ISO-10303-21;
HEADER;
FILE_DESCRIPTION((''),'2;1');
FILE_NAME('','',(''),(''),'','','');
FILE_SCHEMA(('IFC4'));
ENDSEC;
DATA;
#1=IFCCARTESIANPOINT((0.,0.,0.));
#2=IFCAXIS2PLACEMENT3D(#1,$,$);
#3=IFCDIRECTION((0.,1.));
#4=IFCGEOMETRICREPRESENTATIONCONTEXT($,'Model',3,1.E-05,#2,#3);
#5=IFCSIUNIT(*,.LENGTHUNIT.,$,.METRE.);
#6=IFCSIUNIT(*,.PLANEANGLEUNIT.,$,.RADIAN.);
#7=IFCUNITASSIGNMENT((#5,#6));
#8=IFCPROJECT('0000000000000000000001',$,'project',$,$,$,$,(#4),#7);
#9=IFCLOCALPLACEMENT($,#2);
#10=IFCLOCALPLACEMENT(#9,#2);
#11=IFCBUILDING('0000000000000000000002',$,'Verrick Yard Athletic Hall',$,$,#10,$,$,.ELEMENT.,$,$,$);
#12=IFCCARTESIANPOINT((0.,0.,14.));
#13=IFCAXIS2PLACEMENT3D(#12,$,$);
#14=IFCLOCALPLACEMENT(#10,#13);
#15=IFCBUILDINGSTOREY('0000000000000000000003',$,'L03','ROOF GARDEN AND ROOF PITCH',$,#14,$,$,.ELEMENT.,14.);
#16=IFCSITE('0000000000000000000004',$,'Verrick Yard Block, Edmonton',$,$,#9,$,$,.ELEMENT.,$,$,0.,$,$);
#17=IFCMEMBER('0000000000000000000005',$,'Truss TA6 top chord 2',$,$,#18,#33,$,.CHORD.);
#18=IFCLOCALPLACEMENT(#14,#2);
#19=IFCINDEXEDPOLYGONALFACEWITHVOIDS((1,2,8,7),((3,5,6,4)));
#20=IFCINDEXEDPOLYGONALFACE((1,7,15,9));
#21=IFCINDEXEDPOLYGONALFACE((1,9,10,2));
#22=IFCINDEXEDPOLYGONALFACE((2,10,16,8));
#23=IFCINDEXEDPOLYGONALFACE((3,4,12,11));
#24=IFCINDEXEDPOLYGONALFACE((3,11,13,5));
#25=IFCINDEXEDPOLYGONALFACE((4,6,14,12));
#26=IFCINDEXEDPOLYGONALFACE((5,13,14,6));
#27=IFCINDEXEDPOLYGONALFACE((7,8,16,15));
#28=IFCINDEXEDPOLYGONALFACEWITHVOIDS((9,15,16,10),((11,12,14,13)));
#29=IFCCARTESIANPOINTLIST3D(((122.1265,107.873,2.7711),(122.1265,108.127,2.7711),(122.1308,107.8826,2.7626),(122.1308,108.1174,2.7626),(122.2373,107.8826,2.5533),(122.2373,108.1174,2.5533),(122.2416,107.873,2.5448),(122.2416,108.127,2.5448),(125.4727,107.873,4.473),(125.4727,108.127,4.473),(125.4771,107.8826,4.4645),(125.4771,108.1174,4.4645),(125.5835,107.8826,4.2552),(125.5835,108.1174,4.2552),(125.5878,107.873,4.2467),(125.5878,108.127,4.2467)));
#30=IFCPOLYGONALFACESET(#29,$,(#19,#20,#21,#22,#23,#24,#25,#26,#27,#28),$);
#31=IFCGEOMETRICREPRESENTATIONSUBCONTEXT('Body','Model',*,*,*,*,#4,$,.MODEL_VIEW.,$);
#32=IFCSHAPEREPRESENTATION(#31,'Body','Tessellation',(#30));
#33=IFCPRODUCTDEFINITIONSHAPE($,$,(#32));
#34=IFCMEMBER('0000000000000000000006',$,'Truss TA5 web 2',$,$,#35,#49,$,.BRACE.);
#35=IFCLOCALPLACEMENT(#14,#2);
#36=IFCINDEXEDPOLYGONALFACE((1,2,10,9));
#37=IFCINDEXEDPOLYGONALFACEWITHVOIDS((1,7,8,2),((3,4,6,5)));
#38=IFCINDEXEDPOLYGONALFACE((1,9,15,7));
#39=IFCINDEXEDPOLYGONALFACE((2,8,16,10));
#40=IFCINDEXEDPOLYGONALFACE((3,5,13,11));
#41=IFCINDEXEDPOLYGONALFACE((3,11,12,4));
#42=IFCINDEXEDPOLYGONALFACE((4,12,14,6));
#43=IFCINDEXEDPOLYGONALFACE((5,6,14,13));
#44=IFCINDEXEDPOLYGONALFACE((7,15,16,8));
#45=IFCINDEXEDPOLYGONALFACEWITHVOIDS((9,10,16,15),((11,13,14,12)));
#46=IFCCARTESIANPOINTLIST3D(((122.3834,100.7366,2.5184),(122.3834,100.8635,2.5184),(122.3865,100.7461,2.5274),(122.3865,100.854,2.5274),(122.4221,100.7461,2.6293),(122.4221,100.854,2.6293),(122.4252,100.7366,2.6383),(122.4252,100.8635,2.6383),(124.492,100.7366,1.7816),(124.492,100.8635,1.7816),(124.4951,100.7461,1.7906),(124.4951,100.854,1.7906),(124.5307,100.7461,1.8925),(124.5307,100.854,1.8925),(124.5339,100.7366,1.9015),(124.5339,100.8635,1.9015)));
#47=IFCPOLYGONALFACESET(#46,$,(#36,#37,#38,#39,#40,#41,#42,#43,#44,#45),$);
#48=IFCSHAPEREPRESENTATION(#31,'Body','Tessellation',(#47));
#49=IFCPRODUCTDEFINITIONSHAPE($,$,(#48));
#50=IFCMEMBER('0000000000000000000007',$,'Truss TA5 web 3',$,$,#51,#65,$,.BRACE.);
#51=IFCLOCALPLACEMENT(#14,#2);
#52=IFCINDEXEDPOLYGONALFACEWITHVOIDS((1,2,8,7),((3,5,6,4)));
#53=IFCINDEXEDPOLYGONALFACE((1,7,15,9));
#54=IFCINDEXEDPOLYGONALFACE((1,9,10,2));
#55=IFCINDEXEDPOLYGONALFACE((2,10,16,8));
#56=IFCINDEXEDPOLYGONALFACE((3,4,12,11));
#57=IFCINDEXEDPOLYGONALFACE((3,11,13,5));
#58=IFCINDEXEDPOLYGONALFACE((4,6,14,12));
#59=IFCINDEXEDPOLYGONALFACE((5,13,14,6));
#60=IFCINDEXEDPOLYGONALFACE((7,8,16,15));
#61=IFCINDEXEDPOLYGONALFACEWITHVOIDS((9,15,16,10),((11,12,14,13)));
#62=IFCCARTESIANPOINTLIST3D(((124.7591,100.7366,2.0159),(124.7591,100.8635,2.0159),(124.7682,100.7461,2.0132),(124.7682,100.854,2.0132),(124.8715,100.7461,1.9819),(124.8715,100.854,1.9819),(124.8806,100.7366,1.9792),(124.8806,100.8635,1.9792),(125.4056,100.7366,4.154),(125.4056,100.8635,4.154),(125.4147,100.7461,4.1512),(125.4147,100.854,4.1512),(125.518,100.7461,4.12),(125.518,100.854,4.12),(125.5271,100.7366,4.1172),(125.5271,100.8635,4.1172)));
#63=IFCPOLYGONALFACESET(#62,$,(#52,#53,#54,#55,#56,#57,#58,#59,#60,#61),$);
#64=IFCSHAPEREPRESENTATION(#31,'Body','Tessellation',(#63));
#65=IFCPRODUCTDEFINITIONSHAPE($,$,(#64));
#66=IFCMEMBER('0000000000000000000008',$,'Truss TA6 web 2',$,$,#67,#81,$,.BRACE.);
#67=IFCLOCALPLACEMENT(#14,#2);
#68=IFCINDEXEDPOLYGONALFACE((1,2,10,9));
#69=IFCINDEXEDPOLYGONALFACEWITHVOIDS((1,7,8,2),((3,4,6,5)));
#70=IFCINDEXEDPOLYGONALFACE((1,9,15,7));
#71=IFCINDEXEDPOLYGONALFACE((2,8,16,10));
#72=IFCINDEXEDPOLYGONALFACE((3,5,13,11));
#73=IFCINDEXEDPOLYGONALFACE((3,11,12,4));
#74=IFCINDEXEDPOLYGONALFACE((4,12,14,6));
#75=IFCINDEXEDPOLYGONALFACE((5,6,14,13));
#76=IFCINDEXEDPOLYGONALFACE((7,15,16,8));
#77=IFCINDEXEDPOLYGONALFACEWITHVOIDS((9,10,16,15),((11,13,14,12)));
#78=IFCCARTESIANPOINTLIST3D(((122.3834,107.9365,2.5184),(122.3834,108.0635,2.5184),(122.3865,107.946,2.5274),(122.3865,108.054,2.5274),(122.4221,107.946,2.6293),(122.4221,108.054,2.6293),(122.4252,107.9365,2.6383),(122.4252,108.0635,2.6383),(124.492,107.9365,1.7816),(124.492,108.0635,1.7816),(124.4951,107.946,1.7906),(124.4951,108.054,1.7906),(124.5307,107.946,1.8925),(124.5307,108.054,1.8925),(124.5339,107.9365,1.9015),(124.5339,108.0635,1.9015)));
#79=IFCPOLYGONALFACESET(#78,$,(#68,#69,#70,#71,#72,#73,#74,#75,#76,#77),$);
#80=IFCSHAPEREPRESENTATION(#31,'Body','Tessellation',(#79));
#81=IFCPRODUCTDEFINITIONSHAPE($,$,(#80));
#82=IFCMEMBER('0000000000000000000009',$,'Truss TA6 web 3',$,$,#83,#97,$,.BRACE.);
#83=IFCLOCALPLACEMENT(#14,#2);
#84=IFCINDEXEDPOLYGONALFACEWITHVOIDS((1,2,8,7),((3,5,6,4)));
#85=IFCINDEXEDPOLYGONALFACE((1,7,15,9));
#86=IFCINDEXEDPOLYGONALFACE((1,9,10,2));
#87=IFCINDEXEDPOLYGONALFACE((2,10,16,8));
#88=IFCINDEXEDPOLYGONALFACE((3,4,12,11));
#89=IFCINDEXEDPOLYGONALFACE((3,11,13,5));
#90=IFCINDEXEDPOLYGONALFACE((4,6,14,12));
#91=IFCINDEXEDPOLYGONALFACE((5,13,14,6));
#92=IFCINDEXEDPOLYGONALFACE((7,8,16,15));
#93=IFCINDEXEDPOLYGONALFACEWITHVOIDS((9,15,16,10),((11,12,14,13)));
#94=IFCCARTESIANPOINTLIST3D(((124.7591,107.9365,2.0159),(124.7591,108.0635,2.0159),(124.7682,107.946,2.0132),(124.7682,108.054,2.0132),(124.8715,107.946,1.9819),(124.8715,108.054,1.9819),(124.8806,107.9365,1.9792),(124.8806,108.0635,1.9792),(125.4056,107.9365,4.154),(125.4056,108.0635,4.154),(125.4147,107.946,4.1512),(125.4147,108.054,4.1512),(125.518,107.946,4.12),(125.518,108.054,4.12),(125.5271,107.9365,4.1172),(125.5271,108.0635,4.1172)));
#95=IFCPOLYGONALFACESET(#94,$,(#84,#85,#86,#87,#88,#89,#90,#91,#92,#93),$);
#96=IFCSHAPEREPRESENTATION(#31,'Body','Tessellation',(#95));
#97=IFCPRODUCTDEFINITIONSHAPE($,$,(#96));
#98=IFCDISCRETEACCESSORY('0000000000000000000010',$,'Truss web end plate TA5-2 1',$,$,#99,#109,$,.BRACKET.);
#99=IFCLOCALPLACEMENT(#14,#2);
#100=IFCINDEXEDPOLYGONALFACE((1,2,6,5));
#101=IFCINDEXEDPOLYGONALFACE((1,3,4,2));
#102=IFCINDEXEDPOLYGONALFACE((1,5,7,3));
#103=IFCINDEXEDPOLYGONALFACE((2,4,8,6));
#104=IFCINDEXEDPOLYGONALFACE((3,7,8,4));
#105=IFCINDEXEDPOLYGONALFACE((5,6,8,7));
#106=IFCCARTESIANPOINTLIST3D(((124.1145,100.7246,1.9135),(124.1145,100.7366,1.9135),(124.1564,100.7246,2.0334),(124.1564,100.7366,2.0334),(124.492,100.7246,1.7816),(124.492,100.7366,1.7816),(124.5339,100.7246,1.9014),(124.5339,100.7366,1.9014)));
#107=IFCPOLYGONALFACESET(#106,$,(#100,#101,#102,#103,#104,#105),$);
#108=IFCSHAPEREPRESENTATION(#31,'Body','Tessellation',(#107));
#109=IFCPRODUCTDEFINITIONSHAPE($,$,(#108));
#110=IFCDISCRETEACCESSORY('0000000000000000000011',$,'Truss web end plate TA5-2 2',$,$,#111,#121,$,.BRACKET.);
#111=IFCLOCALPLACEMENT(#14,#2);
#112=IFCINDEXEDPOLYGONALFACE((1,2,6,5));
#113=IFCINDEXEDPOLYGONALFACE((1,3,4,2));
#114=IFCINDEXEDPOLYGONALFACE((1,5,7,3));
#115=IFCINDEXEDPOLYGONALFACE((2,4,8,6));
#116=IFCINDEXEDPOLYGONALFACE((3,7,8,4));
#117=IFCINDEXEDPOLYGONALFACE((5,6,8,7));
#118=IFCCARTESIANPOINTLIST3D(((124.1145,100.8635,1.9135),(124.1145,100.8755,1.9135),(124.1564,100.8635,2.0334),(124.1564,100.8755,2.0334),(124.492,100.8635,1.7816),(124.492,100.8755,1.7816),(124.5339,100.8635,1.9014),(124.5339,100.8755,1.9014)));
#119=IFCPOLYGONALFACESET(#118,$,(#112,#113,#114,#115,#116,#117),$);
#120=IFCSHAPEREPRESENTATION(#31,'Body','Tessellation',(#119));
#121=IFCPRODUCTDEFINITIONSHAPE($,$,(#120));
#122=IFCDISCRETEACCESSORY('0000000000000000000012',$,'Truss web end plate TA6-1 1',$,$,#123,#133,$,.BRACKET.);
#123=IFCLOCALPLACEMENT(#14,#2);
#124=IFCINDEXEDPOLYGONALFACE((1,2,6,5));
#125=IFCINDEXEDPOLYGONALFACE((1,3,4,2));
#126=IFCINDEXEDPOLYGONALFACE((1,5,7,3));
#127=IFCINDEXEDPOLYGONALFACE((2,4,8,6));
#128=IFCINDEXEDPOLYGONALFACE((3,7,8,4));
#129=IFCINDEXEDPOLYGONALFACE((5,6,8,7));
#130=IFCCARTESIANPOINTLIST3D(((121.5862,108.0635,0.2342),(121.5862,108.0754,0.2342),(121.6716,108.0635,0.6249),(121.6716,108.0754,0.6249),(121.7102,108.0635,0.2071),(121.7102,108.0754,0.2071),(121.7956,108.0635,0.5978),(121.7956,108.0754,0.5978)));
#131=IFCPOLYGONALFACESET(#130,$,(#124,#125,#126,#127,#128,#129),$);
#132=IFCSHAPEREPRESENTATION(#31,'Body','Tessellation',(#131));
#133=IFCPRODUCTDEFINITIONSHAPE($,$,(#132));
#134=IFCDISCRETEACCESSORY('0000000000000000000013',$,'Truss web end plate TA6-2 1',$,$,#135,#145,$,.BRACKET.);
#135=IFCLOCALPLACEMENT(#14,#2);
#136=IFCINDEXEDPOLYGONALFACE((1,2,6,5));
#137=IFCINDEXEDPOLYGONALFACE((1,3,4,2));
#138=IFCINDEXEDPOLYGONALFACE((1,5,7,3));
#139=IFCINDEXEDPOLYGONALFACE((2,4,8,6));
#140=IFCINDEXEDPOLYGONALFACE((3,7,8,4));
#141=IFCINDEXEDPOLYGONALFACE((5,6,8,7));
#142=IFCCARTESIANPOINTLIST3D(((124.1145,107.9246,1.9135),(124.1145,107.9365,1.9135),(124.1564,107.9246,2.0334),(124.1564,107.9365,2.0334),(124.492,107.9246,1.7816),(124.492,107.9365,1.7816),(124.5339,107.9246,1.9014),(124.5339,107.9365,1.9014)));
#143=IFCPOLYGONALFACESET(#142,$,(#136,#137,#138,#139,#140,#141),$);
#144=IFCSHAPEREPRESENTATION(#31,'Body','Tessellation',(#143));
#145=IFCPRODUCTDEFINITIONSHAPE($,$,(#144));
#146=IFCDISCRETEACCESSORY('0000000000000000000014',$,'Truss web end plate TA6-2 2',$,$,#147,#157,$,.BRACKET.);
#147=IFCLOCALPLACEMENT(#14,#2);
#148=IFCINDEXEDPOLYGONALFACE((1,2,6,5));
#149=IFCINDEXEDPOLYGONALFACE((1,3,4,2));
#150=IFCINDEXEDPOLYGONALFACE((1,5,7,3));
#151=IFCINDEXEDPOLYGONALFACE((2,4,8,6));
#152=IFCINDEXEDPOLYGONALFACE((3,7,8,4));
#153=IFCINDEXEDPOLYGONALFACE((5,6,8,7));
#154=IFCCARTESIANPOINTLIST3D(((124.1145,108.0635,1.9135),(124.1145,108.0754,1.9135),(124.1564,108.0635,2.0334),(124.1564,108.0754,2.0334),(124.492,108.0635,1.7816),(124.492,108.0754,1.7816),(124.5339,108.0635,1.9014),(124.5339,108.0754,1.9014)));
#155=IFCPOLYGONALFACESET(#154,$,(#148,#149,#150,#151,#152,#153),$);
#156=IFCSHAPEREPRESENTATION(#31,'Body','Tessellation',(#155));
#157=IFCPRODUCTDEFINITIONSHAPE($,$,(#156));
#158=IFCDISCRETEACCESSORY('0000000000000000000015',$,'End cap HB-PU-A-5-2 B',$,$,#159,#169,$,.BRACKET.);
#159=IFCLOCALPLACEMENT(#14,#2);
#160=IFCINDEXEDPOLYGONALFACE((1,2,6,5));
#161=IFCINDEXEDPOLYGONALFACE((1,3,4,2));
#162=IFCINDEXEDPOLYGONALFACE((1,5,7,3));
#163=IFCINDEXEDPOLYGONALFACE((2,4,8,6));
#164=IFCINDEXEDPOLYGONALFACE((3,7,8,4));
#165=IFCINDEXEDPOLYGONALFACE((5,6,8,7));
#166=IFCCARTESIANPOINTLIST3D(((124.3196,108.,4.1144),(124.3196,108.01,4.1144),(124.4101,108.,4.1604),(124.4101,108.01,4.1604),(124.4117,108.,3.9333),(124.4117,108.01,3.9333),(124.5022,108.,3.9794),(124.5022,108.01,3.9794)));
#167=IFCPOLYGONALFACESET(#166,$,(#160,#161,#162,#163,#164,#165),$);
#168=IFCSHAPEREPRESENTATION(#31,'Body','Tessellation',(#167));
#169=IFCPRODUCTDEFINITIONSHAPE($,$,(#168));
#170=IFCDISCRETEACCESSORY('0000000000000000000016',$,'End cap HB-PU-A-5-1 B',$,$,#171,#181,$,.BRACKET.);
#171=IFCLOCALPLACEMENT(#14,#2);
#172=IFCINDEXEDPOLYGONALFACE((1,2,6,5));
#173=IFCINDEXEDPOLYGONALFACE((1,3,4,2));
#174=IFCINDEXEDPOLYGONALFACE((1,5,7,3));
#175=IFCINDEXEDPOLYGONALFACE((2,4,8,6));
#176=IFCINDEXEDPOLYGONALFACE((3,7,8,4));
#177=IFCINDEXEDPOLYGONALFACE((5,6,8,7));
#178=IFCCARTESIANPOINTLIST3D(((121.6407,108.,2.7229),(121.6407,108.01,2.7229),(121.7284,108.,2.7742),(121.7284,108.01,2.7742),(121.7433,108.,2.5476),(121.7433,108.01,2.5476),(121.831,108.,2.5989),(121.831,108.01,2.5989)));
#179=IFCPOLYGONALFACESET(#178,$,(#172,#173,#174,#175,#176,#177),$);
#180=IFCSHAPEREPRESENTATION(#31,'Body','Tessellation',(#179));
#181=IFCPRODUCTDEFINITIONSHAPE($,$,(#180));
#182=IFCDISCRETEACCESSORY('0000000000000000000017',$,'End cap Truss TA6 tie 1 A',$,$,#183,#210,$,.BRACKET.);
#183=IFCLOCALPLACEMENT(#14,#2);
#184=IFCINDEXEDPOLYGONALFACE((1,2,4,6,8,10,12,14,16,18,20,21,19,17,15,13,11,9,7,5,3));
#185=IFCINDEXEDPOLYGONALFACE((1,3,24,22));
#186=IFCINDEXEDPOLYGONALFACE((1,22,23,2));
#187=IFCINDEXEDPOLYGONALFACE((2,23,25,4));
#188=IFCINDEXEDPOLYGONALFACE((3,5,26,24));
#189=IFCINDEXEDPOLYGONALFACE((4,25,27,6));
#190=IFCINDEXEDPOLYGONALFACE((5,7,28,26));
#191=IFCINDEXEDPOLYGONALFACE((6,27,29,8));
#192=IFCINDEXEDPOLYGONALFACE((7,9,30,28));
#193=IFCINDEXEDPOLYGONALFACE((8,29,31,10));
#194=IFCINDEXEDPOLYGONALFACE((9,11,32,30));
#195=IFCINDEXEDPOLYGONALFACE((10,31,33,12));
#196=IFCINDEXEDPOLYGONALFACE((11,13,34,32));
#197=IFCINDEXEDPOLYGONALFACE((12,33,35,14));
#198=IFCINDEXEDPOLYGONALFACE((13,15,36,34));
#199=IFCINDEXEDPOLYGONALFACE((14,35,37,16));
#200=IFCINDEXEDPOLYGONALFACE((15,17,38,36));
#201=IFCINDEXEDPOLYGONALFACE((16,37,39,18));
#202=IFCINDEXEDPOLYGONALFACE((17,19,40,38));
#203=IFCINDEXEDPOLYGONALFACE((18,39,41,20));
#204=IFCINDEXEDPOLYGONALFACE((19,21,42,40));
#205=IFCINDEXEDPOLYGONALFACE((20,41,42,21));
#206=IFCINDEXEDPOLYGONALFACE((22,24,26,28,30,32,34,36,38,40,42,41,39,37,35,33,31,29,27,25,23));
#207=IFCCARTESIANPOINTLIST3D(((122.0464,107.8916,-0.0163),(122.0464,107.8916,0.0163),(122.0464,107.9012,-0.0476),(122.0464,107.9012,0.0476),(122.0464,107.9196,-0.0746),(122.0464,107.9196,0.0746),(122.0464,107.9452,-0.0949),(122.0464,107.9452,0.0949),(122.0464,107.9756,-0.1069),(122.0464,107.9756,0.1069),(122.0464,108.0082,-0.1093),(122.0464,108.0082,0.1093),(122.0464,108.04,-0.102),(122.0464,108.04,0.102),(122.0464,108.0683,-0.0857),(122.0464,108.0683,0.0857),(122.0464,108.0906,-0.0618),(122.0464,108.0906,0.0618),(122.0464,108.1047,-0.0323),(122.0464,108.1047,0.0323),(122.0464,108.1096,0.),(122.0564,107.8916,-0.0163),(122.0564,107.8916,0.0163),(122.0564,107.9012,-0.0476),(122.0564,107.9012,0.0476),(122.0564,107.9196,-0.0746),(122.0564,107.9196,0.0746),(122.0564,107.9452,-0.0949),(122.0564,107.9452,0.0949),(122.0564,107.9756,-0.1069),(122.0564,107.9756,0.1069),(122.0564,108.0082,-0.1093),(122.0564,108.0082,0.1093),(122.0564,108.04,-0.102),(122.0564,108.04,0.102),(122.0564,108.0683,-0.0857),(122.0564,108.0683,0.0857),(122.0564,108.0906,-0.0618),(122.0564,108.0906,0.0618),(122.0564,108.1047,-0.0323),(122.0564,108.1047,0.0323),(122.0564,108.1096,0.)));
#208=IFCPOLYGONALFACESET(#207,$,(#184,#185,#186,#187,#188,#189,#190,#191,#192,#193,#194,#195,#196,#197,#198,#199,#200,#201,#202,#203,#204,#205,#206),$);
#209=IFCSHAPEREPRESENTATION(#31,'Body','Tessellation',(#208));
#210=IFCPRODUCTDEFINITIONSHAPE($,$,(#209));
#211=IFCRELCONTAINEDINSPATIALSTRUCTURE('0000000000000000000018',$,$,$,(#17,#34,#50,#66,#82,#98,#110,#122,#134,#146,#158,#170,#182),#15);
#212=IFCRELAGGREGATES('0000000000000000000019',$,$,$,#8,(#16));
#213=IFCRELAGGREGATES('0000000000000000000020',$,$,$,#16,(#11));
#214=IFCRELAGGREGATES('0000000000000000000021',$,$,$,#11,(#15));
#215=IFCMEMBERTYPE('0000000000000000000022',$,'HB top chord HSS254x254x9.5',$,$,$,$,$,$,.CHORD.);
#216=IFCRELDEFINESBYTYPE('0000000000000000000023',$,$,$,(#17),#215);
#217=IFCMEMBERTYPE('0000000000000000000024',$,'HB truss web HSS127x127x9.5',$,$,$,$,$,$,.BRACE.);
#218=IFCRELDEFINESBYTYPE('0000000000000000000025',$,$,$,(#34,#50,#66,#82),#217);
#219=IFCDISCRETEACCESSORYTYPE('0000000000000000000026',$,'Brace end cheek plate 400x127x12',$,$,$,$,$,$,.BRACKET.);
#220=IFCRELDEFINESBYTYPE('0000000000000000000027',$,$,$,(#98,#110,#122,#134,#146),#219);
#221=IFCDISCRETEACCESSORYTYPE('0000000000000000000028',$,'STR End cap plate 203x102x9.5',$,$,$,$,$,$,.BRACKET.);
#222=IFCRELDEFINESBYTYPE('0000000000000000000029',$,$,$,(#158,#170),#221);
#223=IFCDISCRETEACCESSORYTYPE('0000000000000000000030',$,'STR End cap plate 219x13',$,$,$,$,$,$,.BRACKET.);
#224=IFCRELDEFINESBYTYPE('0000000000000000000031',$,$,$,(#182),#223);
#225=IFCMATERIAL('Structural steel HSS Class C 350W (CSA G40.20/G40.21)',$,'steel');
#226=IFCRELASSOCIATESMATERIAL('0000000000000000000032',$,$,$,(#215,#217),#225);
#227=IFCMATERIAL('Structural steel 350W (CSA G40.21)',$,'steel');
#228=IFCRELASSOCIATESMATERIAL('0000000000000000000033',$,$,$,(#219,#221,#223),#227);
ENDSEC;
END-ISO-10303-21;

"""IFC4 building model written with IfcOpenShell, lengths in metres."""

from ifc_helpers import new_model, si_unit, direction, frame, origin, origin_2d, place, context, subcontext, project, spatial, rectangle, hollow_rectangle, circle, extrude, material, material_profile, profile_set, type_object, element, save


model = new_model("IFC4")

# Units and contexts
model_context = context("Model", 3, precision=1e-05, world=origin(), true_north=direction((0.0, 1.0)))
body_context = subcontext(model_context, "Body", "Model", "MODEL_VIEW")
ifc_project = project(units=[si_unit("LENGTHUNIT", "METRE"), si_unit("PLANEANGLEUNIT", "RADIAN")], contexts=[model_context])

# Site, building, storey
site_placement = place(None, origin())
site = spatial("IfcSite", under=ifc_project, at=site_placement, Name="Verrick Yard Block, Edmonton", CompositionType="ELEMENT", RefElevation=0.0)
building_placement = place(site_placement, origin())
building = spatial("IfcBuilding", under=site, at=building_placement, Name="Verrick Yard Athletic Hall", CompositionType="ELEMENT")
storey_placement = place(building_placement, frame((0.0, 0.0, 14.0)))
storey = spatial("IfcBuildingStorey", under=building, at=storey_placement, Name="L03", Description="ROOF GARDEN AND ROOF PITCH", CompositionType="ELEMENT", Elevation=14.0)

# Members
ifc_material_1 = material(Name="Structural steel HSS Class C 350W (CSA G40.20/G40.21)", Category="steel")
ifc_material_profile_1 = material_profile(ifc_material_1, hollow_rectangle(XDim=0.2539, YDim=0.2539, WallThickness=0.0095, at=origin_2d()), Name="HSS254x254x9.5")
ifc_profile_set_1 = profile_set([ifc_material_profile_1], Name="Structural steel HSS Class C 350W (CSA G40.20/G40.21)")
member_type_1 = type_object("IfcMemberType", Name="HB top chord HSS254x254x9.5", PredefinedType="CHORD", material=ifc_profile_set_1)
for number, where, z_axis, x_axis, name in (
    (1, (122.1841, 108.0, 2.658), (0.891337, 0.0, 0.453342), (0.0, 1.0, 0.0), "Truss TA6 top chord 2"),
):
    element("IfcMember", number, at=place(storey_placement, frame(where, z_axis=z_axis, x_axis=x_axis)), inside=storey, type_object=member_type_1, Name=name, PredefinedType="CHORD", context=body_context, shape_type="SweptSolid", body=[
        extrude(hollow_rectangle(XDim=0.2539, YDim=0.2539, WallThickness=0.0095, at=origin_2d()), origin(), (0.0, 0.0, 1.0), 3.7542),
    ])
ifc_material_profile_2 = material_profile(ifc_material_1, hollow_rectangle(XDim=0.127, YDim=0.127, WallThickness=0.0095, at=origin_2d()), Name="HSS127x127x9.5")
ifc_profile_set_2 = profile_set([ifc_material_profile_2], Name="Structural steel HSS Class C 350W (CSA G40.20/G40.21)")
member_type_2 = type_object("IfcMemberType", Name="HB truss web HSS127x127x9.5", PredefinedType="BRACE", material=ifc_profile_set_2)
for number, where, z_axis, x_axis, name in (
    (2, (122.4043, 100.8, 2.5784), (0.944027, 0.0, -0.329868), (0.0, 1.0, 0.0), "Truss TA5 web 2"),
    (3, (124.8198, 100.8, 1.9976), (0.289443, 0.0, 0.957195), (0.0, 1.0, 0.0), "Truss TA5 web 3"),
    (4, (122.4043, 108.0, 2.5784), (0.944027, 0.0, -0.329868), (0.0, 1.0, 0.0), "Truss TA6 web 2"),
    (5, (124.8198, 108.0, 1.9976), (0.289443, 0.0, 0.957195), (0.0, 1.0, 0.0), "Truss TA6 web 3"),
):
    element("IfcMember", number, at=place(storey_placement, frame(where, z_axis=z_axis, x_axis=x_axis)), inside=storey, type_object=member_type_2, Name=name, PredefinedType="BRACE", context=body_context, shape_type="SweptSolid", body=[
        extrude(hollow_rectangle(XDim=0.127, YDim=0.127, WallThickness=0.0095, at=origin_2d()), origin(), (0.0, 0.0, 1.0), 2.2336),
    ])

# Discrete accessories
ifc_material_2 = material(Name="Structural steel 350W (CSA G40.21)", Category="steel")
ifc_material_profile_3 = material_profile(ifc_material_2, rectangle(XDim=0.3999, YDim=0.127, at=origin_2d()), Name="Brace end cheek plate")
ifc_profile_set_3 = profile_set([ifc_material_profile_3], Name="Structural steel 350W (CSA G40.21)")
discrete_accessory_type_1 = type_object("IfcDiscreteAccessoryType", Name="Brace end cheek plate 400x127x12", PredefinedType="BRACKET", material=ifc_profile_set_3)
for number, where, z_axis, x_axis, name in (
    (6, (124.3242, 100.7366, 1.9075), (0.0, -1.0, 0.0), (-0.944026, 0.0, 0.329872), "Truss web end plate TA5-2 1"),
    (7, (124.3242, 100.8635, 1.9075), (0.0, 1.0, 0.0), (-0.944026, 0.0, 0.329872), "Truss web end plate TA5-2 2"),
    (8, (121.6909, 108.0635, 0.416), (0.0, 1.0, 0.0), (0.213605, 0.0, 0.97692), "Truss web end plate TA6-1 1"),
    (9, (124.3242, 107.9365, 1.9075), (0.0, -1.0, 0.0), (-0.944026, 0.0, 0.329872), "Truss web end plate TA6-2 1"),
    (10, (124.3242, 108.0635, 1.9075), (0.0, 1.0, 0.0), (-0.944026, 0.0, 0.329872), "Truss web end plate TA6-2 2"),
):
    element("IfcDiscreteAccessory", number, at=place(storey_placement, frame(where, z_axis=z_axis, x_axis=x_axis)), inside=storey, type_object=discrete_accessory_type_1, Name=name, PredefinedType="BRACKET", context=body_context, shape_type="SweptSolid", body=[
        extrude(rectangle(XDim=0.3999, YDim=0.127, at=origin_2d()), origin(), (0.0, 0.0, 1.0), 0.012),
    ])
ifc_material_profile_4 = material_profile(ifc_material_2, rectangle(XDim=0.1016, YDim=0.2031, at=origin_2d()), Name="STR End cap plate 203x102x9.5")
ifc_profile_set_4 = profile_set([ifc_material_profile_4], Name="Structural steel 350W (CSA G40.21)")
discrete_accessory_type_2 = type_object("IfcDiscreteAccessoryType", Name="STR End cap plate 203x102x9.5", PredefinedType="BRACKET", material=ifc_profile_set_4)
for number, where, z_axis, x_axis, name in (
    (11, (124.4109, 108.0, 4.0469), (0.0, 1.0, 0.0), (-0.891353, 0.0, -0.45331), "End cap HB-PU-A-5-2 B"),
    (12, (121.7358, 108.0, 2.6609), (0.0, 1.0, 0.0), (-0.863168, 0.0, -0.504917), "End cap HB-PU-A-5-1 B"),
):
    element("IfcDiscreteAccessory", number, at=place(storey_placement, frame(where, z_axis=z_axis, x_axis=x_axis)), inside=storey, type_object=discrete_accessory_type_2, Name=name, PredefinedType="BRACKET", context=body_context, shape_type="SweptSolid", body=[
        extrude(rectangle(XDim=0.1016, YDim=0.2031, at=origin_2d()), origin(), (0.0, 0.0, 1.0), 0.01),
    ])
ifc_material_profile_5 = material_profile(ifc_material_2, circle(Radius=0.1096, at=origin_2d()), Name="STR End cap plate 219x13")
ifc_profile_set_5 = profile_set([ifc_material_profile_5], Name="Structural steel 350W (CSA G40.21)")
discrete_accessory_type_3 = type_object("IfcDiscreteAccessoryType", Name="STR End cap plate 219x13", PredefinedType="BRACKET", material=ifc_profile_set_5)
for number, where, z_axis, x_axis, name in (
    (13, (122.0464, 108.0, 0.0), (1.0, 0.0, 0.0), (0.0, 1.0, 0.0), "End cap Truss TA6 tie 1 A"),
):
    element("IfcDiscreteAccessory", number, at=place(storey_placement, frame(where, z_axis=z_axis, x_axis=x_axis)), inside=storey, type_object=discrete_accessory_type_3, Name=name, PredefinedType="BRACKET", context=body_context, shape_type="SweptSolid", body=[
        extrude(circle(Radius=0.1096, at=origin_2d()), origin(), (0.0, 0.0, 1.0), 0.01),
    ])

save(model, "model.ifc")
